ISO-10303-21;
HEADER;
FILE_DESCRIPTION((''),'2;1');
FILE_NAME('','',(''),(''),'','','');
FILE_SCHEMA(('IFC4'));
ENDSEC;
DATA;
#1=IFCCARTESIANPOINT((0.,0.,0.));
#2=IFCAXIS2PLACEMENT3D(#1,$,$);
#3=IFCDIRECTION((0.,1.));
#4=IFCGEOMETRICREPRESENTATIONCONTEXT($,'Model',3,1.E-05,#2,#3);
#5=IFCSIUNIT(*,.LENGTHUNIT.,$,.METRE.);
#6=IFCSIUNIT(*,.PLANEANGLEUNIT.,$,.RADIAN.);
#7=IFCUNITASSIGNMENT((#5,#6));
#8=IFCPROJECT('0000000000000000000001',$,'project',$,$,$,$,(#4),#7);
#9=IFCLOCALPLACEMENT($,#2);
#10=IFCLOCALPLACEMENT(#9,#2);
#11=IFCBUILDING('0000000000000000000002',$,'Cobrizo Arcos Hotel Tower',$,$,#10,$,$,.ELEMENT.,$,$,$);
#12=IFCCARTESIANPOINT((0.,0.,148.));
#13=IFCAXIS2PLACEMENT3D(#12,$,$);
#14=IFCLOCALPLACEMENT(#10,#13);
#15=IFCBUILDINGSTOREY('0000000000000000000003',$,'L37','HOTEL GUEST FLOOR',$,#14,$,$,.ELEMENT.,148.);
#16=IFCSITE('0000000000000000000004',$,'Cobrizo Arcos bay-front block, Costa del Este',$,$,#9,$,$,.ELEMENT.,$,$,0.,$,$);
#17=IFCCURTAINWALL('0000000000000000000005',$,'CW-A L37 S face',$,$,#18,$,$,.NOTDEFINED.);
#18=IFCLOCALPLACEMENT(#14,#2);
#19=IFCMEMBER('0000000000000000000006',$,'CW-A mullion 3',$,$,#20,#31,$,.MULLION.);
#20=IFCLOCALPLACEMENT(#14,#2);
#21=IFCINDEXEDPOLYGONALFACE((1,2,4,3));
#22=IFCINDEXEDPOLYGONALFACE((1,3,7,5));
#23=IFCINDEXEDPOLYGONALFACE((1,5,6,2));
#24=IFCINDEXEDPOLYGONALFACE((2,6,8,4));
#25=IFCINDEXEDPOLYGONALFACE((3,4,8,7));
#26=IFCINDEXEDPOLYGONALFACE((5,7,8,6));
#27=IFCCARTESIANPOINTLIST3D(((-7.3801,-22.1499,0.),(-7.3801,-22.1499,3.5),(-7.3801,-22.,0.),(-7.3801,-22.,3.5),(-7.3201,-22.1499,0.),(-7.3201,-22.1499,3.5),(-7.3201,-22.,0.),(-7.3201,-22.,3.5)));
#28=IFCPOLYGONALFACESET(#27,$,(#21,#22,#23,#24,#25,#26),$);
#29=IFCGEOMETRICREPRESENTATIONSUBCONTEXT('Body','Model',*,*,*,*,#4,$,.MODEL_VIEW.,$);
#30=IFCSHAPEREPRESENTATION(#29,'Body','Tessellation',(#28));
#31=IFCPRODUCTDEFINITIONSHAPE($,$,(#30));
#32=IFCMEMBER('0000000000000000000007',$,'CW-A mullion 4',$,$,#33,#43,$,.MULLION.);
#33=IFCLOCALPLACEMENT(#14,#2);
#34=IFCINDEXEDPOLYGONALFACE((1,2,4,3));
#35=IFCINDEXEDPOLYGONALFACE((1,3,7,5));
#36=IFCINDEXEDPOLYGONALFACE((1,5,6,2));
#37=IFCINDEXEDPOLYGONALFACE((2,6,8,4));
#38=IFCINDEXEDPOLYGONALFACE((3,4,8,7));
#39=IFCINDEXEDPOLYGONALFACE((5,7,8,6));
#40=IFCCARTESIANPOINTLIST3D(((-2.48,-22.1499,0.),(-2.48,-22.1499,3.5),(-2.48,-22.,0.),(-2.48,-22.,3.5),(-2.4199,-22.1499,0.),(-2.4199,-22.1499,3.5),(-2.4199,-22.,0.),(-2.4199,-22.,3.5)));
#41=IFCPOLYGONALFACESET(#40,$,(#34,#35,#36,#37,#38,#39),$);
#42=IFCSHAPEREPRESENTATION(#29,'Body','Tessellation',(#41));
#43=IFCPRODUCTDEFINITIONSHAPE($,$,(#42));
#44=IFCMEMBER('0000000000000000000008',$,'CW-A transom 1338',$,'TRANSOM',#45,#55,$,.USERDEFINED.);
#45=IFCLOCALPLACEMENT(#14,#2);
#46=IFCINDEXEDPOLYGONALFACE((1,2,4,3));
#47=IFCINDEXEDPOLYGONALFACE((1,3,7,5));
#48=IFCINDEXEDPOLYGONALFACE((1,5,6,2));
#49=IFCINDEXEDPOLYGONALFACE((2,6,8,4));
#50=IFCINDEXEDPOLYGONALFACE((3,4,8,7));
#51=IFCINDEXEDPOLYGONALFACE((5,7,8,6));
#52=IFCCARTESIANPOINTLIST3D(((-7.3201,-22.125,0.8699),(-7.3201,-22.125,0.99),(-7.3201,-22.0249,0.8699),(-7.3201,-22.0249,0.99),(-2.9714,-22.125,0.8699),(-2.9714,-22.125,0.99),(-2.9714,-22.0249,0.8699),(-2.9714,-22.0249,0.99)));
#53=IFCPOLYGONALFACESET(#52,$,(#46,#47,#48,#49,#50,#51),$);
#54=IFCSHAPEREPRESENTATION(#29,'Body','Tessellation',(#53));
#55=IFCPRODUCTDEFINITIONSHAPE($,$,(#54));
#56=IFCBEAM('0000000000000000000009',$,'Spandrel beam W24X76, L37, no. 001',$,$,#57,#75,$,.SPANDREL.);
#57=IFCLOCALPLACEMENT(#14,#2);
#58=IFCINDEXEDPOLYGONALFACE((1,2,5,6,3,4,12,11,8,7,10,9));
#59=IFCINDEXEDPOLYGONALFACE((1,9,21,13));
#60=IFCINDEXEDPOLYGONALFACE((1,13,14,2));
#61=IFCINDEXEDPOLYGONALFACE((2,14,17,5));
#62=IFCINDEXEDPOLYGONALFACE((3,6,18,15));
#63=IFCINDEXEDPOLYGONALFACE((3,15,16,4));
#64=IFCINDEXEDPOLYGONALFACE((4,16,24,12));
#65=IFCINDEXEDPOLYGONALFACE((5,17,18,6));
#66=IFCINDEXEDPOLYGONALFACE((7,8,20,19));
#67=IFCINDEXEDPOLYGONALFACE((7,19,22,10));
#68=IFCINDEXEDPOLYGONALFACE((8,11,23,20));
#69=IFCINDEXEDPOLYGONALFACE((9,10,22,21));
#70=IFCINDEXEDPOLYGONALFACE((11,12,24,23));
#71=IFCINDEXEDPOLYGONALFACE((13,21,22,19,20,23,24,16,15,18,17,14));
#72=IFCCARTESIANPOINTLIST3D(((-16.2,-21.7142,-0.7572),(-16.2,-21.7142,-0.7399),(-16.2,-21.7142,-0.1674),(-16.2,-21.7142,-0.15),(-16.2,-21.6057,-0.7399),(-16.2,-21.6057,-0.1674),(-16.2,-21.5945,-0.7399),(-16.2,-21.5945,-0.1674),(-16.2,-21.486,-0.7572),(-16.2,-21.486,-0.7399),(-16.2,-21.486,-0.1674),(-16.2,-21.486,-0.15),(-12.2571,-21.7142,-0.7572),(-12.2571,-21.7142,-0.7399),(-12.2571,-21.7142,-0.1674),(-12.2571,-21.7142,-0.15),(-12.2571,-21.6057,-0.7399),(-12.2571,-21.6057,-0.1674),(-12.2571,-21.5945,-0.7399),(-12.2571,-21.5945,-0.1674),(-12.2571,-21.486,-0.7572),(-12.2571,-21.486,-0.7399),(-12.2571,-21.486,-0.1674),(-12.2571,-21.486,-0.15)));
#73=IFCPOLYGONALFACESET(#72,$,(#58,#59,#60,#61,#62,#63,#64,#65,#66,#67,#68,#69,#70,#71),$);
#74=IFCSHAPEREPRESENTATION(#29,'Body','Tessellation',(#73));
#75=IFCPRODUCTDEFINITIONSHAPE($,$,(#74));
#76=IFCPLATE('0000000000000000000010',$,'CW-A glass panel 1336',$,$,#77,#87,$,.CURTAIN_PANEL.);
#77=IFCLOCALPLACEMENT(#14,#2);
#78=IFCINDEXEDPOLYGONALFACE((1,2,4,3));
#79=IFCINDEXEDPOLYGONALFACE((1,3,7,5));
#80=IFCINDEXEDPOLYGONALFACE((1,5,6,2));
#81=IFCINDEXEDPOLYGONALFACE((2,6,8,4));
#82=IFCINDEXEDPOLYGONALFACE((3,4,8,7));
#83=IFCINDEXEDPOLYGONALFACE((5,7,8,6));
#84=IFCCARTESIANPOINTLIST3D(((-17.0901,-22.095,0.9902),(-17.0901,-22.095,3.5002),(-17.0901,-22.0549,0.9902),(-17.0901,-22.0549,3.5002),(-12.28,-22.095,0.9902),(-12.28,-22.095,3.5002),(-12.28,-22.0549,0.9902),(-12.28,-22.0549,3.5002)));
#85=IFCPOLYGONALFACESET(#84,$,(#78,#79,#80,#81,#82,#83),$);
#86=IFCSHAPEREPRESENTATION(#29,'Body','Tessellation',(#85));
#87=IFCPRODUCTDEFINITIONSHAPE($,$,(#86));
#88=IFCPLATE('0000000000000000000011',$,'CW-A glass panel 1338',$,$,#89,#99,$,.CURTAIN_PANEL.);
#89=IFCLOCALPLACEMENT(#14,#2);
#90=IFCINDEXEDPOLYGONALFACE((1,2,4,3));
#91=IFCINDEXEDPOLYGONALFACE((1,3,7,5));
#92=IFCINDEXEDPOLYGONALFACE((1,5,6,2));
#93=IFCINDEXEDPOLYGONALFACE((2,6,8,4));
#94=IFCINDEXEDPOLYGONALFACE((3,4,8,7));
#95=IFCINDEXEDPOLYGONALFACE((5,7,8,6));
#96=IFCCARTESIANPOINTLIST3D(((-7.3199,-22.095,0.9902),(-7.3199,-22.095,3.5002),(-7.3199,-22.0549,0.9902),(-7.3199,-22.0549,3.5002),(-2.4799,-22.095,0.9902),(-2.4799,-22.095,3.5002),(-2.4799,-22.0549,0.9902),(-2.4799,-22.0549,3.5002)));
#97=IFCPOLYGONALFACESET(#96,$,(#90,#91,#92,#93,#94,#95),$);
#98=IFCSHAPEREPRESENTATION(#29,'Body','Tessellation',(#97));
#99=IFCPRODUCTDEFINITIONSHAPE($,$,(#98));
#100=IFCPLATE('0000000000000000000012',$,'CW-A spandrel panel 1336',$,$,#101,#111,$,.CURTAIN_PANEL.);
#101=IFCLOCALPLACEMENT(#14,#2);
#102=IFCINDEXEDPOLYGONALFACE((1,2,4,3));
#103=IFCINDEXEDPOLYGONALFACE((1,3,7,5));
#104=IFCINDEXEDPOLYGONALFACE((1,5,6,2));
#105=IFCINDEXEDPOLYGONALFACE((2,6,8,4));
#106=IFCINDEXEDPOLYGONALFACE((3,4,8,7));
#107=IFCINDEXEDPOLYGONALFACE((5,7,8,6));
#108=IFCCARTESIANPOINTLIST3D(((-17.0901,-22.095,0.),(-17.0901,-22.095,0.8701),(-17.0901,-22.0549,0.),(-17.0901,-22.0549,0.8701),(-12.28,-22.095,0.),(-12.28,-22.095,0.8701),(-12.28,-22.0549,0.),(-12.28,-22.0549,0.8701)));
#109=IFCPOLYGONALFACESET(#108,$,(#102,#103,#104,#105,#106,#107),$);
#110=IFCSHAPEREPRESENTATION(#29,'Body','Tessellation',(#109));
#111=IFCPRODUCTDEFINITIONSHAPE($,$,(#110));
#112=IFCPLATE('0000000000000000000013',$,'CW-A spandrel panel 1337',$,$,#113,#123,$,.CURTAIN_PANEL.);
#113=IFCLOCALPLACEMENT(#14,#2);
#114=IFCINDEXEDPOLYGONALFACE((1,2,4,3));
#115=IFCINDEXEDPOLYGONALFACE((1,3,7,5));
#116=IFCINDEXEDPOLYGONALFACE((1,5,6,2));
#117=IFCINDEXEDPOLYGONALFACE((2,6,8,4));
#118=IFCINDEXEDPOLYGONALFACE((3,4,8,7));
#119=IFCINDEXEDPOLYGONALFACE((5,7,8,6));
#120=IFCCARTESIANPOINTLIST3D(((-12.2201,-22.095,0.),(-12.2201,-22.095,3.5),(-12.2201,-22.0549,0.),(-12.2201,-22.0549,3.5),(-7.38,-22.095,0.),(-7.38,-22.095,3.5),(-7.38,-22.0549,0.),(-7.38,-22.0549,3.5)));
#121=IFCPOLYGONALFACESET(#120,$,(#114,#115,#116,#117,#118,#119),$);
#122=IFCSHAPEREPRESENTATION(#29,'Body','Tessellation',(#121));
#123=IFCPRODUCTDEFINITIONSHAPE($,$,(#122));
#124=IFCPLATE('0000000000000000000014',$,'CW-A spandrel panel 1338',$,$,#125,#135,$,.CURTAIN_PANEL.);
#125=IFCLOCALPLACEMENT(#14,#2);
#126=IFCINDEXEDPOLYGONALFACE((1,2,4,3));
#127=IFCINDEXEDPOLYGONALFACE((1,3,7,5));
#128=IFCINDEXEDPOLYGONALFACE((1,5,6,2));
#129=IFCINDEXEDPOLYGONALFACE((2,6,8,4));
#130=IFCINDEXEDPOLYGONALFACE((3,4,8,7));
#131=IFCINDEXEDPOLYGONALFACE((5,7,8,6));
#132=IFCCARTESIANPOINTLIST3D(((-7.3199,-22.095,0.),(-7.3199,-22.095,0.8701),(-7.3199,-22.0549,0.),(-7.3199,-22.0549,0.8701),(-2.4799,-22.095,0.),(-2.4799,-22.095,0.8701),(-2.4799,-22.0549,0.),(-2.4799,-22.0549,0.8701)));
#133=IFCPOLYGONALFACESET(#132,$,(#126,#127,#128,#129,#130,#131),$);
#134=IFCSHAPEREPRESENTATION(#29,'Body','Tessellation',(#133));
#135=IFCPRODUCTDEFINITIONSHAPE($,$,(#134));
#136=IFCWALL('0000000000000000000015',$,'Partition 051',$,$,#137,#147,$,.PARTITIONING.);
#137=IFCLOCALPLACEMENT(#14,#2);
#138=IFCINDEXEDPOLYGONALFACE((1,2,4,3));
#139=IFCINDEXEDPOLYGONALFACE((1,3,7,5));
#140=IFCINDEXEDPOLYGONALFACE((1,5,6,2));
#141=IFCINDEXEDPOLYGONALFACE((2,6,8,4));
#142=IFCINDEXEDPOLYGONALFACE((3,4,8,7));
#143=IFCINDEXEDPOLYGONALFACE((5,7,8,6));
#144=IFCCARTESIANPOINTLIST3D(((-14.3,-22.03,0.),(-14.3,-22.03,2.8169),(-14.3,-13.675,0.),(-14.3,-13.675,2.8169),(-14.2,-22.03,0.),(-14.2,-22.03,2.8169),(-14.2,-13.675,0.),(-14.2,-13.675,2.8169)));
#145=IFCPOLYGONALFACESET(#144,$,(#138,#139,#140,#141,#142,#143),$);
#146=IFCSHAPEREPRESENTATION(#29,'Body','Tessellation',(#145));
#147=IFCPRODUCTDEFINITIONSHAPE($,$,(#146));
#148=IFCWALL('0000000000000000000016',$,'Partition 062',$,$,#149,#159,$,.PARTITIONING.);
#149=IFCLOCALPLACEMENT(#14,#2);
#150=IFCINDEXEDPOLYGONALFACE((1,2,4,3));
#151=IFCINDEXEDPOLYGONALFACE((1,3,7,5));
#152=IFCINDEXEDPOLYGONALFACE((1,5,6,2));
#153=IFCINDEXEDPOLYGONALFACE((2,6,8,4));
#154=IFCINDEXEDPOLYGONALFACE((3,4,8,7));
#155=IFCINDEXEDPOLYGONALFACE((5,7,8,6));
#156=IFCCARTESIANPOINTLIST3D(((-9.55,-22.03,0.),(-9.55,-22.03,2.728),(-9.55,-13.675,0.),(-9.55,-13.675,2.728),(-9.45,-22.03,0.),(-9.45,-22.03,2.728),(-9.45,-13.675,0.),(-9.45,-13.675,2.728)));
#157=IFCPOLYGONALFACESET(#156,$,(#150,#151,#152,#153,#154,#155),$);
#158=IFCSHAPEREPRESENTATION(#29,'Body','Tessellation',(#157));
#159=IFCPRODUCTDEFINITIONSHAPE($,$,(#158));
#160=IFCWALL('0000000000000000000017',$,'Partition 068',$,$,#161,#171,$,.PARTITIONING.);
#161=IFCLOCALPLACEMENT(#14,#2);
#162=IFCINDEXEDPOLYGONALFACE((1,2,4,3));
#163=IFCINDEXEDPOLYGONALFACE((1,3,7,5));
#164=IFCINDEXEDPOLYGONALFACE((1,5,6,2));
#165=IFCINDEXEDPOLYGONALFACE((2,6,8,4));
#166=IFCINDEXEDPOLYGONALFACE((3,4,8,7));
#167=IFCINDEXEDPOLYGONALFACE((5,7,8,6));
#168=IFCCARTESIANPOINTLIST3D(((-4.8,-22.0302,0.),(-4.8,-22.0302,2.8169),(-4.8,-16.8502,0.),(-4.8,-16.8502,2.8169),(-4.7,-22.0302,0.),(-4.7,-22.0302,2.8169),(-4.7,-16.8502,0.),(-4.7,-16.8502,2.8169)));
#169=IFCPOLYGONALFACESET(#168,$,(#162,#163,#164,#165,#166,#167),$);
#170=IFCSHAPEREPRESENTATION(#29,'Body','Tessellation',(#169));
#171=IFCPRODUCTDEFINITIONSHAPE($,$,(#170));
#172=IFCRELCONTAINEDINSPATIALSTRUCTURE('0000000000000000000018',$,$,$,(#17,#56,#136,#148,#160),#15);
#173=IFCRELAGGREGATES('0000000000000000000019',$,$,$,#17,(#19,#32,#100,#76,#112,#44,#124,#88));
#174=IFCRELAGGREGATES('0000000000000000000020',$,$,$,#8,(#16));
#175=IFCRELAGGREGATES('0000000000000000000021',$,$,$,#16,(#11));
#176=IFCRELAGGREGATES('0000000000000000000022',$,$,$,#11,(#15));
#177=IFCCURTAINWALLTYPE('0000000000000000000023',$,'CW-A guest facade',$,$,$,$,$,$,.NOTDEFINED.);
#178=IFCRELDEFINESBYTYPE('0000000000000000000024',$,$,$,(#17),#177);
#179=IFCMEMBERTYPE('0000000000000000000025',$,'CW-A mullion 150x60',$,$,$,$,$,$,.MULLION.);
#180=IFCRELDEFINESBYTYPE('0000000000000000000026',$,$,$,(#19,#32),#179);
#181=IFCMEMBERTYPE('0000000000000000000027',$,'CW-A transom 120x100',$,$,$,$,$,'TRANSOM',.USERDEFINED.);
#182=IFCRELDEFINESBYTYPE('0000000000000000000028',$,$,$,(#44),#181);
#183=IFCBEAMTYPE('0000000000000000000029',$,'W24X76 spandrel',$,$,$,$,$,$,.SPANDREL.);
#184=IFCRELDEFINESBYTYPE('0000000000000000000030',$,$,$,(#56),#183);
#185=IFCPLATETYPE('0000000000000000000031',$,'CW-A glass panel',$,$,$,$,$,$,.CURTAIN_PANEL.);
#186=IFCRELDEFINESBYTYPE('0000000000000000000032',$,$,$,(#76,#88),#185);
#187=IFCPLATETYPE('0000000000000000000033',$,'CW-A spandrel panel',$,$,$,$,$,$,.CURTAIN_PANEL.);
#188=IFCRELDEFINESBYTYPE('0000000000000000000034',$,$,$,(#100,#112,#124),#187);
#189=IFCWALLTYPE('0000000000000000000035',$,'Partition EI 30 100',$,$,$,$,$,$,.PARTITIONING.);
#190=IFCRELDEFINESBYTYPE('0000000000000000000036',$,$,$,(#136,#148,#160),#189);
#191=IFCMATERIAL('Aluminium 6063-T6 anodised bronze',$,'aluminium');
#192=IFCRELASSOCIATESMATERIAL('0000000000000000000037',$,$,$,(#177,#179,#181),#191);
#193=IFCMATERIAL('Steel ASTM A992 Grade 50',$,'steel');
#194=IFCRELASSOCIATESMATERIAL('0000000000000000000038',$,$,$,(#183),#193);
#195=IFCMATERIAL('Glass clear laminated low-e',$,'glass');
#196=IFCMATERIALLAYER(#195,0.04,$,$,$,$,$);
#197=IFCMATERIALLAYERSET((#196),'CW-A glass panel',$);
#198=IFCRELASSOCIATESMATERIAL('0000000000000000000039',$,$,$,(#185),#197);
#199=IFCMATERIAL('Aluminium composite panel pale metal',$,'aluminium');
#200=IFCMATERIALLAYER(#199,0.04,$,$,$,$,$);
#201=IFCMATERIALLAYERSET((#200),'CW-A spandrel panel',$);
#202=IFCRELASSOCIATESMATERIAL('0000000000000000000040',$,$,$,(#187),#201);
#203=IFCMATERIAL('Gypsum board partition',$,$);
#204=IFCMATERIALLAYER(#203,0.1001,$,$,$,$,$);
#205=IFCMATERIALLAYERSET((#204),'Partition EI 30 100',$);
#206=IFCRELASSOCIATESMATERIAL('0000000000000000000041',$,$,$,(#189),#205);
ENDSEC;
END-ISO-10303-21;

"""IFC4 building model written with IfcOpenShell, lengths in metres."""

from ifc_helpers import new_model, si_unit, direction, frame, frame_2d, origin, origin_2d, place, context, subcontext, project, spatial, rectangle, i_section, extrude, material, layer, layer_set, material_profile, profile_set, type_object, element, aggregate, save


model = new_model("IFC4")

# Units and contexts
model_context = context("Model", 3, precision=1e-05, world=origin(), true_north=direction((0.0, 1.0)))
body_context = subcontext(model_context, "Body", "Model", "MODEL_VIEW")
ifc_project = project(units=[si_unit("LENGTHUNIT", "METRE"), si_unit("PLANEANGLEUNIT", "RADIAN")], contexts=[model_context])

# Site, building, storey
site_placement = place(None, origin())
site = spatial("IfcSite", under=ifc_project, at=site_placement, Name="Cobrizo Arcos bay-front block, Costa del Este", CompositionType="ELEMENT", RefElevation=0.0)
building_placement = place(site_placement, origin())
building = spatial("IfcBuilding", under=site, at=building_placement, Name="Cobrizo Arcos Hotel Tower", CompositionType="ELEMENT")
storey_placement = place(building_placement, frame((0.0, 0.0, 148.0)))
storey = spatial("IfcBuildingStorey", under=building, at=storey_placement, Name="L37", Description="HOTEL GUEST FLOOR", CompositionType="ELEMENT", Elevation=148.0)

# Curtain wall, members
ifc_material_1 = material(Name="Aluminium 6063-T6 anodised bronze", Category="aluminium")
curtain_wall_type = type_object("IfcCurtainWallType", Name="CW-A guest facade", PredefinedType="NOTDEFINED", material=ifc_material_1)
curtain_wall_placement = place(storey_placement, origin())
curtain_wall = element("IfcCurtainWall", 1, at=curtain_wall_placement, inside=storey, type_object=curtain_wall_type, Name="CW-A L37 S face", PredefinedType="NOTDEFINED")
ifc_material_profile_1 = material_profile(ifc_material_1, rectangle(XDim=0.1499, YDim=0.0601, at=origin_2d()), Name="CW-A mullion 150x60")
ifc_profile_set_1 = profile_set([ifc_material_profile_1], Name="Aluminium 6063-T6 anodised bronze")
member_type_1 = type_object("IfcMemberType", Name="CW-A mullion 150x60", PredefinedType="MULLION", material=ifc_profile_set_1)
member_1_placement = place(storey_placement, frame((-7.3501, -22.075, 0.0), z_axis=(0.0, 0.0, 1.0), x_axis=(0.0, -1.0, 0.0)))
member_1 = element("IfcMember", 2, at=member_1_placement, type_object=member_type_1, Name="CW-A mullion 3", PredefinedType="MULLION", context=body_context, shape_type="SweptSolid", body=[
    extrude(rectangle(XDim=0.1499, YDim=0.0601, at=origin_2d()), origin(), (0.0, 0.0, 1.0), 3.5),
])
member_2_placement = place(storey_placement, frame((-2.45, -22.075, 0.0), z_axis=(0.0, 0.0, 1.0), x_axis=(0.0, -1.0, 0.0)))
member_2 = element("IfcMember", 3, at=member_2_placement, type_object=member_type_1, Name="CW-A mullion 4", PredefinedType="MULLION", context=body_context, shape_type="SweptSolid", body=[
    extrude(rectangle(XDim=0.1499, YDim=0.0601, at=origin_2d()), origin(), (0.0, 0.0, 1.0), 3.5),
])
ifc_material_profile_2 = material_profile(ifc_material_1, rectangle(XDim=0.1001, YDim=0.1201, at=origin_2d()), Name="CW-A transom 120x100")
ifc_profile_set_2 = profile_set([ifc_material_profile_2], Name="Aluminium 6063-T6 anodised bronze")
member_type_2 = type_object("IfcMemberType", Name="CW-A transom 120x100", ElementType="TRANSOM", PredefinedType="USERDEFINED", material=ifc_profile_set_2)
member_3_placement = place(storey_placement, frame((-7.3201, -22.075, 0.9299), z_axis=(1.0, 0.0, 0.0), x_axis=(0.0, 1.0, 0.0)))
member_3 = element("IfcMember", 4, at=member_3_placement, type_object=member_type_2, Name="CW-A transom 1338", ObjectType="TRANSOM", PredefinedType="USERDEFINED", context=body_context, shape_type="SweptSolid", body=[
    extrude(rectangle(XDim=0.1001, YDim=0.1201, at=origin_2d()), origin(), (0.0, 0.0, 1.0), 4.3486),
])

# Beam
ifc_material_2 = material(Name="Steel ASTM A992 Grade 50", Category="steel")
ifc_material_profile_3 = material_profile(ifc_material_2, i_section(OverallWidth=0.2283, OverallDepth=0.6072, WebThickness=0.0112, FlangeThickness=0.0173, at=origin_2d()), Name="W24X76")
ifc_profile_set_3 = profile_set([ifc_material_profile_3], Name="Steel ASTM A992 Grade 50")
beam_type_1 = type_object("IfcBeamType", Name="W24X76 spandrel", PredefinedType="SPANDREL", material=ifc_profile_set_3)
beam_placement = place(storey_placement, frame((-16.2, -21.6001, -0.4536), z_axis=(1.0, 0.0, 0.0), x_axis=(0.0, 1.0, 0.0)))
element("IfcBeam", 5, at=beam_placement, inside=storey, type_object=beam_type_1, Name="Spandrel beam W24X76, L37, no. 001", PredefinedType="SPANDREL", context=body_context, shape_type="SweptSolid", body=[
    extrude(i_section(OverallWidth=0.2283, OverallDepth=0.6072, WebThickness=0.0112, FlangeThickness=0.0173, at=origin_2d()), origin(), (0.0, 0.0, 1.0), 3.9429),
])

# Plates
ifc_material_3 = material(Name="Glass clear laminated low-e", Category="glass")
ifc_layer_1 = layer(ifc_material_3, 0.04)
ifc_layer_set_1 = layer_set([ifc_layer_1], Name="CW-A glass panel")
plate_type_1 = type_object("IfcPlateType", Name="CW-A glass panel", PredefinedType="CURTAIN_PANEL", material=ifc_layer_set_1)
plate_1_placement = place(storey_placement, frame((-14.6851, -22.075, 0.9902), z_axis=(0.0, 0.0, 1.0), x_axis=(1.0, 0.0, 0.0)))
plate_1 = element("IfcPlate", 6, at=plate_1_placement, type_object=plate_type_1, Name="CW-A glass panel 1336", PredefinedType="CURTAIN_PANEL", context=body_context, shape_type="SweptSolid", body=[
    extrude(rectangle(XDim=4.8101, YDim=0.04, at=origin_2d()), origin(), (0.0, 0.0, 1.0), 2.51),
])
plate_2_placement = place(storey_placement, frame((-4.8999, -22.075, 0.9902), z_axis=(0.0, 0.0, 1.0), x_axis=(1.0, 0.0, 0.0)))
plate_2 = element("IfcPlate", 7, at=plate_2_placement, type_object=plate_type_1, Name="CW-A glass panel 1338", PredefinedType="CURTAIN_PANEL", context=body_context, shape_type="SweptSolid", body=[
    extrude(rectangle(XDim=4.8401, YDim=0.04, at=origin_2d()), origin(), (0.0, 0.0, 1.0), 2.51),
])
ifc_material_4 = material(Name="Aluminium composite panel pale metal", Category="aluminium")
ifc_layer_2 = layer(ifc_material_4, 0.04)
ifc_layer_set_2 = layer_set([ifc_layer_2], Name="CW-A spandrel panel")
plate_type_2 = type_object("IfcPlateType", Name="CW-A spandrel panel", PredefinedType="CURTAIN_PANEL", material=ifc_layer_set_2)
plate_3_placement = place(storey_placement, frame((-14.6851, -22.075, 0.0), z_axis=(0.0, 0.0, 1.0), x_axis=(1.0, 0.0, 0.0)))
plate_3 = element("IfcPlate", 8, at=plate_3_placement, type_object=plate_type_2, Name="CW-A spandrel panel 1336", PredefinedType="CURTAIN_PANEL", context=body_context, shape_type="SweptSolid", body=[
    extrude(rectangle(XDim=4.8101, YDim=0.04, at=origin_2d()), origin(), (0.0, 0.0, 1.0), 0.8701),
])
plate_4_placement = place(storey_placement, frame((-9.8, -22.075, 0.0), z_axis=(0.0, 0.0, 1.0), x_axis=(1.0, 0.0, 0.0)))
plate_4 = element("IfcPlate", 9, at=plate_4_placement, type_object=plate_type_2, Name="CW-A spandrel panel 1337", PredefinedType="CURTAIN_PANEL", context=body_context, shape_type="SweptSolid", body=[
    extrude(rectangle(XDim=4.8401, YDim=0.04, at=origin_2d()), origin(), (0.0, 0.0, 1.0), 3.5),
])
plate_5_placement = place(storey_placement, frame((-4.8999, -22.075, 0.0), z_axis=(0.0, 0.0, 1.0), x_axis=(1.0, 0.0, 0.0)))
plate_5 = element("IfcPlate", 10, at=plate_5_placement, type_object=plate_type_2, Name="CW-A spandrel panel 1338", PredefinedType="CURTAIN_PANEL", context=body_context, shape_type="SweptSolid", body=[
    extrude(rectangle(XDim=4.8401, YDim=0.04, at=origin_2d()), origin(), (0.0, 0.0, 1.0), 0.8701),
])
aggregate(curtain_wall, [member_1, member_2, plate_3, plate_1, plate_4, member_3, plate_5, plate_2])

# Walls
ifc_material_5 = material(Name="Gypsum board partition")
ifc_layer_3 = layer(ifc_material_5, 0.1001)
ifc_layer_set_3 = layer_set([ifc_layer_3], Name="Partition EI 30 100")
wall_type = type_object("IfcWallType", Name="Partition EI 30 100", PredefinedType="PARTITIONING", material=ifc_layer_set_3)
wall_1_placement = place(storey_placement, frame((-14.25, -22.03, 0.0), z_axis=(0.0, 0.0, 1.0), x_axis=(0.0, 1.0, 0.0)))
element("IfcWall", 11, at=wall_1_placement, inside=storey, type_object=wall_type, Name="Partition 051", PredefinedType="PARTITIONING", context=body_context, shape_type="SweptSolid", body=[
    extrude(rectangle(XDim=8.355, YDim=0.1001, at=frame_2d((4.1775, 0.0))), origin(), (0.0, 0.0, 1.0), 2.8169),
])
wall_2_placement = place(storey_placement, frame((-9.5, -22.03, 0.0), z_axis=(0.0, 0.0, 1.0), x_axis=(0.0, 1.0, 0.0)))
element("IfcWall", 12, at=wall_2_placement, inside=storey, type_object=wall_type, Name="Partition 062", PredefinedType="PARTITIONING", context=body_context, shape_type="SweptSolid", body=[
    extrude(rectangle(XDim=8.355, YDim=0.1001, at=frame_2d((4.1775, 0.0))), origin(), (0.0, 0.0, 1.0), 2.728),
])
wall_3_placement = place(storey_placement, frame((-4.75, -22.03, 0.0), z_axis=(0.0, 0.0, 1.0), x_axis=(0.0, 1.0, 0.0)))
element("IfcWall", 13, at=wall_3_placement, inside=storey, type_object=wall_type, Name="Partition 068", PredefinedType="PARTITIONING", context=body_context, shape_type="SweptSolid", body=[
    extrude(rectangle(XDim=5.1799, YDim=0.1001, at=frame_2d((2.5898, 0.0))), origin(), (0.0, 0.0, 1.0), 2.8169),
])

save(model, "model.ifc")
